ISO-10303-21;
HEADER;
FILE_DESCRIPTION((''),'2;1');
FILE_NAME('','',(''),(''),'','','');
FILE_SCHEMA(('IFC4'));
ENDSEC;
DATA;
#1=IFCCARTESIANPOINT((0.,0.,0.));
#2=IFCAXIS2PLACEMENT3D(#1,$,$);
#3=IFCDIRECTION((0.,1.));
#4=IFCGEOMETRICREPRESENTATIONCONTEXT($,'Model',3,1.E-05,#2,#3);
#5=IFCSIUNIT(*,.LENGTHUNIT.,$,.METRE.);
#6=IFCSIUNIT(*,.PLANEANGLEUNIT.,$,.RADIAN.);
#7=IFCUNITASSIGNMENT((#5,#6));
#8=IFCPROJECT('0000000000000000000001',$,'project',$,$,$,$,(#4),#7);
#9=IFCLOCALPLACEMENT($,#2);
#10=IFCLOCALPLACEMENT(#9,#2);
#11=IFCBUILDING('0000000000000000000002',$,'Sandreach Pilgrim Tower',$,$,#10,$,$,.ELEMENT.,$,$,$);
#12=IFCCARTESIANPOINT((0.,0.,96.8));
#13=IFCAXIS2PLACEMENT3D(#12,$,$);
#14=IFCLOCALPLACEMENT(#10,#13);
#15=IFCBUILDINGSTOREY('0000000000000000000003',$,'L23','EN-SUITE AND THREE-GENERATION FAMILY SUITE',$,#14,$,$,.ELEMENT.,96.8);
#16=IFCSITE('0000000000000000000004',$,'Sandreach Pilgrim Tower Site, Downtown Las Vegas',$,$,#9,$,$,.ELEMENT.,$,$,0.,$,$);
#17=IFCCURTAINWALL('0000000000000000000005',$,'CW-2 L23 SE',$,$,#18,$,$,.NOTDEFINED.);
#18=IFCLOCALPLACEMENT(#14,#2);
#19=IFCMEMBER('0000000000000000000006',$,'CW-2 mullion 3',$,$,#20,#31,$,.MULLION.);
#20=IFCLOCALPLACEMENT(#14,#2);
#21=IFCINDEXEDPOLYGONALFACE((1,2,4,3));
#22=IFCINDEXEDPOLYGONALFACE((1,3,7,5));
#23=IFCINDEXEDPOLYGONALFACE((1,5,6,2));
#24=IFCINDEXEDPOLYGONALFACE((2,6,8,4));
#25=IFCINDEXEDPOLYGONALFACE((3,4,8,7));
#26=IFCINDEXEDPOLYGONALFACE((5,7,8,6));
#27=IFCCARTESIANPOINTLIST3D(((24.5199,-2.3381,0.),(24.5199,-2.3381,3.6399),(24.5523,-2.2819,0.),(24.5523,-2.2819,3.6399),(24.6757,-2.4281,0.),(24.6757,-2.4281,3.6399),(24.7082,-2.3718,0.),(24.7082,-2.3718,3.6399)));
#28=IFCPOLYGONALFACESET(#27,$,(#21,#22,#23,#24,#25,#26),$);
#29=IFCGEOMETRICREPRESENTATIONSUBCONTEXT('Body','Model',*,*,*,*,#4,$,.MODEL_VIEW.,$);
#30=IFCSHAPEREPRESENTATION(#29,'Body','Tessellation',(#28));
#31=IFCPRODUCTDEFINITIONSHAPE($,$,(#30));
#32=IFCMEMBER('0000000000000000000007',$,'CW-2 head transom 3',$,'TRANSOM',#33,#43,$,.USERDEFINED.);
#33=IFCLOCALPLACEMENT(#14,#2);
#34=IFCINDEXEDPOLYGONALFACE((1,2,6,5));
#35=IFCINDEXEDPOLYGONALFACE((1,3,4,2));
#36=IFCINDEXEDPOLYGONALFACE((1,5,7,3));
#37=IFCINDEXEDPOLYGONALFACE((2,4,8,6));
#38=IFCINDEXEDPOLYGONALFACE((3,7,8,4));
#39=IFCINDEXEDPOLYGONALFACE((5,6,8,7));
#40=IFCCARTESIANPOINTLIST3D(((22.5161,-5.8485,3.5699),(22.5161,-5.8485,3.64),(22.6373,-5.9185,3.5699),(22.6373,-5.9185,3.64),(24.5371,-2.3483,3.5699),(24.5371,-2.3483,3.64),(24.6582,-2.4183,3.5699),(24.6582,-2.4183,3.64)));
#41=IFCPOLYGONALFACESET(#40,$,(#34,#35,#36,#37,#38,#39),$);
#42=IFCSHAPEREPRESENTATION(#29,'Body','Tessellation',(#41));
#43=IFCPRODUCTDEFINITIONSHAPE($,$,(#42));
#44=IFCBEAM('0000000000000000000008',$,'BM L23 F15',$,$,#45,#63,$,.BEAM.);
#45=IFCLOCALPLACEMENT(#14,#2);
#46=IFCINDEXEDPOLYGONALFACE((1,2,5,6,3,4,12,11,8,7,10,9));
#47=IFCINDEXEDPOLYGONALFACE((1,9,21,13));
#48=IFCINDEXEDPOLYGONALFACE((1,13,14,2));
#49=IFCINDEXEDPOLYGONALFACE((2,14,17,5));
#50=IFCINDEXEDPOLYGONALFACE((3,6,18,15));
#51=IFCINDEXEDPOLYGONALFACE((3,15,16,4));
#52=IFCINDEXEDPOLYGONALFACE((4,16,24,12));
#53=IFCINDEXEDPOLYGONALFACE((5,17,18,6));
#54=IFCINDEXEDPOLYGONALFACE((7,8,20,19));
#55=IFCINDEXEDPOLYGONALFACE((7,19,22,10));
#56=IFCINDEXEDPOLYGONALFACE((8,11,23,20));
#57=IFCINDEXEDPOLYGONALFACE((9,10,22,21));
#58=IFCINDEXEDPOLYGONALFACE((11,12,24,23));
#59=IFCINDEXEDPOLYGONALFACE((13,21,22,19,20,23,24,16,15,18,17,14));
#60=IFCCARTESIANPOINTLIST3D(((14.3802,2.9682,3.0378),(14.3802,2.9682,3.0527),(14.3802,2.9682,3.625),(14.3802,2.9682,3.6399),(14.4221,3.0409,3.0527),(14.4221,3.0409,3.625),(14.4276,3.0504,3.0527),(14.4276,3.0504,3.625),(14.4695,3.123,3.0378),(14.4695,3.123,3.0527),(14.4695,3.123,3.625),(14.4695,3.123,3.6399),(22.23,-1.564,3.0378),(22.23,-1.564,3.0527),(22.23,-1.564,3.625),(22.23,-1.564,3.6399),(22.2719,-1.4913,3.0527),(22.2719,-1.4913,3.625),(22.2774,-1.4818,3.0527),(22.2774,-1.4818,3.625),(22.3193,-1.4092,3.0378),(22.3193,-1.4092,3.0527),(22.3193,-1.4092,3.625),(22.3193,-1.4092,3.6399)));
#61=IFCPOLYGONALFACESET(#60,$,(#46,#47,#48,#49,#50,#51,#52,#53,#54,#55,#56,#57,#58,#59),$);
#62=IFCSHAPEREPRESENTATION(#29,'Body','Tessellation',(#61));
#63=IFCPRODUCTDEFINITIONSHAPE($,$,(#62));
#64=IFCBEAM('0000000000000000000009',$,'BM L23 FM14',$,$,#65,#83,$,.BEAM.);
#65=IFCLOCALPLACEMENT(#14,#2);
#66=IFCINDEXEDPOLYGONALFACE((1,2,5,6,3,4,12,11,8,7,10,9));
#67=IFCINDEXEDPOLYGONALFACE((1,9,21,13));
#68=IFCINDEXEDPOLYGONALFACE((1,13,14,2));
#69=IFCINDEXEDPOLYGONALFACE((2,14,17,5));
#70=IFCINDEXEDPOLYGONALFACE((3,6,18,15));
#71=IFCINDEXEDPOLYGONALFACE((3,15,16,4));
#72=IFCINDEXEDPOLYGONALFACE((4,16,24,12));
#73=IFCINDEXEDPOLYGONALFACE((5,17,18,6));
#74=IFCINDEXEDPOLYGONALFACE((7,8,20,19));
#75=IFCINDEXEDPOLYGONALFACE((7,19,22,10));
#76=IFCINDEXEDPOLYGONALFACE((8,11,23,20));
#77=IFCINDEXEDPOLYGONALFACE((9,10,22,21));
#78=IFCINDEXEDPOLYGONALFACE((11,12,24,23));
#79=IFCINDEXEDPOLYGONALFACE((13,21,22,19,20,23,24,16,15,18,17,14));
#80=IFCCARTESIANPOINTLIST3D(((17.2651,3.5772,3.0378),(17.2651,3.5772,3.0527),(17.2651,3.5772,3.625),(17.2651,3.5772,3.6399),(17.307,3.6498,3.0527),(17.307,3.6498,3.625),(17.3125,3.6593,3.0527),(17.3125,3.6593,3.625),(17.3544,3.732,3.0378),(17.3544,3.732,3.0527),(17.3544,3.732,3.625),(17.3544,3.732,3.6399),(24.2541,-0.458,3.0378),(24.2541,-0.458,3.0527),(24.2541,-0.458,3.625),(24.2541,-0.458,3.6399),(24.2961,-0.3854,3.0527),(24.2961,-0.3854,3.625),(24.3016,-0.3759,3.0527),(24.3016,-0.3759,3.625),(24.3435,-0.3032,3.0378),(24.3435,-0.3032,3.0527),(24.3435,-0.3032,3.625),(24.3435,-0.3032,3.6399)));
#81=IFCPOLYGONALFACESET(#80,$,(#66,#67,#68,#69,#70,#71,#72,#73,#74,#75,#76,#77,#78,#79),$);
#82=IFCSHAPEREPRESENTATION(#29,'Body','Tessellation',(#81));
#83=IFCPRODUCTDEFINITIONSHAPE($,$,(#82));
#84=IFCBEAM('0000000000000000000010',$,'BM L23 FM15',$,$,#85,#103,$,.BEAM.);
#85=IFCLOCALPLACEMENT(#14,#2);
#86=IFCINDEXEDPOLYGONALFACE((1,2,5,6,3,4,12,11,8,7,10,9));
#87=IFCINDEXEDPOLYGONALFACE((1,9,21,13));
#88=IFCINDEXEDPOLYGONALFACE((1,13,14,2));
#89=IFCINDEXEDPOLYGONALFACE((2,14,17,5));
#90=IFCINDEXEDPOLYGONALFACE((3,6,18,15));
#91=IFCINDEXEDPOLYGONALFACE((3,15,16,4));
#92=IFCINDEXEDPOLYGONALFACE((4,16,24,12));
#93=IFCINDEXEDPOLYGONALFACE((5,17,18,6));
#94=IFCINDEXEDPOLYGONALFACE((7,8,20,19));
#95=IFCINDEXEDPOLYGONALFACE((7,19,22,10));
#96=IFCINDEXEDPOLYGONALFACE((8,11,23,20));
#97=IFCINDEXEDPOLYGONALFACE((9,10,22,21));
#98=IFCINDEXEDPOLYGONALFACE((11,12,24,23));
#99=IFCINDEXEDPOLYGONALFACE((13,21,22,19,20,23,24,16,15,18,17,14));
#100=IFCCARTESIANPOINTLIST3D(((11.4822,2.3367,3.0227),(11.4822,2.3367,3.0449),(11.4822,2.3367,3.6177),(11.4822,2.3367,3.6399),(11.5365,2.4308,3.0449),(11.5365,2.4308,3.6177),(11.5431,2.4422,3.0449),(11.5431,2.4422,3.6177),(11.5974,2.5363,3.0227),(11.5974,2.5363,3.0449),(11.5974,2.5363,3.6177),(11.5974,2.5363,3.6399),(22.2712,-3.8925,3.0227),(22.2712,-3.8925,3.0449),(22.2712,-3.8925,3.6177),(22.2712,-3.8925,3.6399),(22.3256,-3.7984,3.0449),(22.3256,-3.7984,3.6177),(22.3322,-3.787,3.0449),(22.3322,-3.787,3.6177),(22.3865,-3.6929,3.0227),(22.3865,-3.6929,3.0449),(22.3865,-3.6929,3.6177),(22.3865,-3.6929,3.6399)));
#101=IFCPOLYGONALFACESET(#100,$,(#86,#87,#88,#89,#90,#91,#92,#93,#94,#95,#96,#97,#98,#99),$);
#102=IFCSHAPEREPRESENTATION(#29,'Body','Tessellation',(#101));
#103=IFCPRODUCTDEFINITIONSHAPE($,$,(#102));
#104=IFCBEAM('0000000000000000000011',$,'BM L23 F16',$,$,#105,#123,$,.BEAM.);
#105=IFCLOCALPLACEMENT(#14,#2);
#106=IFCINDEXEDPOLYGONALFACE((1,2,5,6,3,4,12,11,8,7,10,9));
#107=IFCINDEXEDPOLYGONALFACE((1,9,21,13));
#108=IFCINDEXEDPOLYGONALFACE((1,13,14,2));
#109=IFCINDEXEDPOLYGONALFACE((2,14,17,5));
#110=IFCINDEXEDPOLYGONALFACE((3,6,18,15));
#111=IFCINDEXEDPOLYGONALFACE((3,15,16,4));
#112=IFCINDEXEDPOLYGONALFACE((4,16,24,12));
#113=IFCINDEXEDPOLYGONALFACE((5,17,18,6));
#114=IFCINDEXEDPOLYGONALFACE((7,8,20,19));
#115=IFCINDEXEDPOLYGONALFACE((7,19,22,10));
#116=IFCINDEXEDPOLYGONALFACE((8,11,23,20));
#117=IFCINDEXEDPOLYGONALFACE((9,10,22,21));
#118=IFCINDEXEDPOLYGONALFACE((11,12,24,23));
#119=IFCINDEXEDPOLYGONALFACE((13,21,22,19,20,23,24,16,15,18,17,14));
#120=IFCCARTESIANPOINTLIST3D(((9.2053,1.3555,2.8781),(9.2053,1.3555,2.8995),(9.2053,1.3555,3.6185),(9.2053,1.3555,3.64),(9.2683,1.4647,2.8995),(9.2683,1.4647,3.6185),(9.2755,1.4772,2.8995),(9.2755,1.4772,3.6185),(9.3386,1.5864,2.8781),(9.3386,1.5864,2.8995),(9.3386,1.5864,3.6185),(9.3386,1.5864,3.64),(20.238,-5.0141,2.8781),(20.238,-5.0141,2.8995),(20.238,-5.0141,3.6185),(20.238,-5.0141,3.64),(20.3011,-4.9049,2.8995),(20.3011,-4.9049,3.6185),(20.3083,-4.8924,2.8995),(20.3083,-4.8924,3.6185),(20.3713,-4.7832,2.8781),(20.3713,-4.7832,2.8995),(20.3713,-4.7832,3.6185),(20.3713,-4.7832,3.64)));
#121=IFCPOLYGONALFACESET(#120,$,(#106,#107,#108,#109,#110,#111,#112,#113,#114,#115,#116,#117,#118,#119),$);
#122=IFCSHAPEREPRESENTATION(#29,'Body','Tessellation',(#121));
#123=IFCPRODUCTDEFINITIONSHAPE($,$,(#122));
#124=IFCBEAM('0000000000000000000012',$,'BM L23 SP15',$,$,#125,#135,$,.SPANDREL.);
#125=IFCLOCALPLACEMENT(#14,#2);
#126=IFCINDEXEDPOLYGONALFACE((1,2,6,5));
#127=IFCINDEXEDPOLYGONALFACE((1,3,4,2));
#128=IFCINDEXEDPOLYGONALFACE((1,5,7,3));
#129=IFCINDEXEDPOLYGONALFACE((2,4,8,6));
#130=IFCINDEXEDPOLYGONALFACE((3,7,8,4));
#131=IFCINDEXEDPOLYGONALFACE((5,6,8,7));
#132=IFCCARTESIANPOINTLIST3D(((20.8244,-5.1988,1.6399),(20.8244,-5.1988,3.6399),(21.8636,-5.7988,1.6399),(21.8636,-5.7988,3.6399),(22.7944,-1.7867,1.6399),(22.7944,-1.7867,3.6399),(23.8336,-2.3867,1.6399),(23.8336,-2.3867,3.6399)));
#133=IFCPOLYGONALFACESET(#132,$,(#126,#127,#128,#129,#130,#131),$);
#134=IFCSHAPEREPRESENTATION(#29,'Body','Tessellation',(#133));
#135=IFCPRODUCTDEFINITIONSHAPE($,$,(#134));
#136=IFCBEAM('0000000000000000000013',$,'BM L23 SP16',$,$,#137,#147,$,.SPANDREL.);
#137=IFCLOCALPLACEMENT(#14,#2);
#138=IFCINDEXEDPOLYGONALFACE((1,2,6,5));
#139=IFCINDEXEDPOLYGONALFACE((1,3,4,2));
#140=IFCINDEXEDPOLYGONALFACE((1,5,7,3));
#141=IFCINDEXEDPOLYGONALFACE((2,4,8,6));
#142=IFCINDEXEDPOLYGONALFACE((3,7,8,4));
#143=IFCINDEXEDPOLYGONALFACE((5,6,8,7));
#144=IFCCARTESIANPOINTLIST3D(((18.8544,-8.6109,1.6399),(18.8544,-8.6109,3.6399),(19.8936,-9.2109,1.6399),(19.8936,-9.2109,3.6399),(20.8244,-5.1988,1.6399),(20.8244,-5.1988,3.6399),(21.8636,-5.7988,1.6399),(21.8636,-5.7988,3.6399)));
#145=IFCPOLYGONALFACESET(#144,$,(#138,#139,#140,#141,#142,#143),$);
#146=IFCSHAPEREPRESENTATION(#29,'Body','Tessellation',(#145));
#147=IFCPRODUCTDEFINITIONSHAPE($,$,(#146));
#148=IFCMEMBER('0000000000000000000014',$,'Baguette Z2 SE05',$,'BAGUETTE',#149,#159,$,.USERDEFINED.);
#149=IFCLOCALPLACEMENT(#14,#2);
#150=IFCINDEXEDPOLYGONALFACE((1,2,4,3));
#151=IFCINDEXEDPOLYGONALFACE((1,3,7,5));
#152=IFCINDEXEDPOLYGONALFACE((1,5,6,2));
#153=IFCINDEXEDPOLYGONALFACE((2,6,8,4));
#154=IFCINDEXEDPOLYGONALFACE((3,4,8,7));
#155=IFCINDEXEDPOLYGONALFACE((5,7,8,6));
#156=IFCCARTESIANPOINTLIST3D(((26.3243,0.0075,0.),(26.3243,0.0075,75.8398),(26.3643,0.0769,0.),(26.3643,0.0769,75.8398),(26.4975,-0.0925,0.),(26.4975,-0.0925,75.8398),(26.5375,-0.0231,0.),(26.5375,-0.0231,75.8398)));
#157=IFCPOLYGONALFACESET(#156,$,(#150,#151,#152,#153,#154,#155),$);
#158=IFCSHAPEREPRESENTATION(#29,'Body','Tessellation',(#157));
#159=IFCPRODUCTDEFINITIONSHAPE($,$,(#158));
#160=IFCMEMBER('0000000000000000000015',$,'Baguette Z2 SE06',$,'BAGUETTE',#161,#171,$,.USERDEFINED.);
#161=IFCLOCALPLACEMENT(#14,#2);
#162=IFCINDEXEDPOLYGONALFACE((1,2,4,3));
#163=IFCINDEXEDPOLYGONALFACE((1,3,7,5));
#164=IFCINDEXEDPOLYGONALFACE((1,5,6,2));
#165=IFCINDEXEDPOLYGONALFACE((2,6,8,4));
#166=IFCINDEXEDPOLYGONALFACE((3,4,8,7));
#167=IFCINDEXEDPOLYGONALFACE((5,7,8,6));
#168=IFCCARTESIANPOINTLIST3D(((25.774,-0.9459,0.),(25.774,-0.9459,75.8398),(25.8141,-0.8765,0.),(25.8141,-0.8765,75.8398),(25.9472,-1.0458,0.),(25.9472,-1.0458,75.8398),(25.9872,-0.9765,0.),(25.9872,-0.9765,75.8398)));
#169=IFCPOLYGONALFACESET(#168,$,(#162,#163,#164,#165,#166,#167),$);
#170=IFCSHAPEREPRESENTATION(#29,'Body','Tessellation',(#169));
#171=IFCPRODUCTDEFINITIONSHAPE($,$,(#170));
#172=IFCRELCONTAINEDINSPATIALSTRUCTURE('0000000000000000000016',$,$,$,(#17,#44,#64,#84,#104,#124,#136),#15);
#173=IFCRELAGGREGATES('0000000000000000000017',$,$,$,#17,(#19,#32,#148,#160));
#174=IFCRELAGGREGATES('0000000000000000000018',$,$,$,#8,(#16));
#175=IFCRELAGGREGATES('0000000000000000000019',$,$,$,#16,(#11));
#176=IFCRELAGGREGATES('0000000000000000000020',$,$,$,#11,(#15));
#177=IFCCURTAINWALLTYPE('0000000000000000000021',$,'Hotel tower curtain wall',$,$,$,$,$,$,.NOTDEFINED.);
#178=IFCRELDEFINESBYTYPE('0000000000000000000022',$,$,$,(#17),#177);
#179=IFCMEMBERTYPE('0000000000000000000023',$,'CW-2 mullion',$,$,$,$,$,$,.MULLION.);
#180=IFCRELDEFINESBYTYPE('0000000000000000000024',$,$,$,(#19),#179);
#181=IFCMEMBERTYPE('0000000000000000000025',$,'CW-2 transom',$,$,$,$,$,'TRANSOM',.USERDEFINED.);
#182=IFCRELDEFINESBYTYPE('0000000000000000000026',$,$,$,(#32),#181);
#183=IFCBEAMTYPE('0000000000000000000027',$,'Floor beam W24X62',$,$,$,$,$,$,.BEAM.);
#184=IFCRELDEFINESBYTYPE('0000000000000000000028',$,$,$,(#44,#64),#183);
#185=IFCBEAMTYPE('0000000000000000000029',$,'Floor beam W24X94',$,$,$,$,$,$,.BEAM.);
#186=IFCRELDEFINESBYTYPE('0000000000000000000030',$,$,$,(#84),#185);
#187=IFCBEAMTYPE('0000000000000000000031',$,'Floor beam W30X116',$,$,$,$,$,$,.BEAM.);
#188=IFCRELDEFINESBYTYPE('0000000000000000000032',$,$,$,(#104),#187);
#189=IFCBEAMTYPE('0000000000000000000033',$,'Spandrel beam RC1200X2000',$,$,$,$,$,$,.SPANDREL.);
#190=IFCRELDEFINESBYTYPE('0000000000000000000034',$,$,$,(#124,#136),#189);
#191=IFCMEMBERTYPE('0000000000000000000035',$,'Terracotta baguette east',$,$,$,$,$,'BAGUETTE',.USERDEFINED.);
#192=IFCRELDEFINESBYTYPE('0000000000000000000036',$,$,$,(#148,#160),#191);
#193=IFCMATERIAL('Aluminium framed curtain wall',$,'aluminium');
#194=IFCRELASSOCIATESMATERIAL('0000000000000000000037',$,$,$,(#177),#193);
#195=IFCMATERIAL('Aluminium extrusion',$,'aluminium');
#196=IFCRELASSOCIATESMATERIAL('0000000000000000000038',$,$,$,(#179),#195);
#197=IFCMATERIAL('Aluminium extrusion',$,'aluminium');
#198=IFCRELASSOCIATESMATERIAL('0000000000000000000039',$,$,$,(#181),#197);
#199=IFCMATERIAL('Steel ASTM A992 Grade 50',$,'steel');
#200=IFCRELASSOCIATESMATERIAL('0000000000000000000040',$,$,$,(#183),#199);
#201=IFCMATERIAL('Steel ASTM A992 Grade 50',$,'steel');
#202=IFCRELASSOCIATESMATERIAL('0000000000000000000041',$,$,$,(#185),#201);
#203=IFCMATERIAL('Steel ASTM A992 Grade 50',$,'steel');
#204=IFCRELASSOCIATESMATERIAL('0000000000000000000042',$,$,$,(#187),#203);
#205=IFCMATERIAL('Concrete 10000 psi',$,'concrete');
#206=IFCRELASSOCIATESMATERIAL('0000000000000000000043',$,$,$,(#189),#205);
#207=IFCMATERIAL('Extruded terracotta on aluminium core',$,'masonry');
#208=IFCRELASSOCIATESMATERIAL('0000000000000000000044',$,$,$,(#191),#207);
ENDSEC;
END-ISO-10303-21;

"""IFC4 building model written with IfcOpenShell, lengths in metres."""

from ifc_helpers import new_model, si_unit, direction, frame, origin, origin_2d, place, context, subcontext, project, spatial, rectangle, i_section, extrude, material, material_profile, profile_set, type_object, element, aggregate, save


model = new_model("IFC4")

# Units and contexts
model_context = context("Model", 3, precision=1e-05, world=origin(), true_north=direction((0.0, 1.0)))
body_context = subcontext(model_context, "Body", "Model", "MODEL_VIEW")
ifc_project = project(units=[si_unit("LENGTHUNIT", "METRE"), si_unit("PLANEANGLEUNIT", "RADIAN")], contexts=[model_context])

# Site, building, storey
site_placement = place(None, origin())
site = spatial("IfcSite", under=ifc_project, at=site_placement, Name="Sandreach Pilgrim Tower Site, Downtown Las Vegas", CompositionType="ELEMENT", RefElevation=0.0)
building_placement = place(site_placement, origin())
building = spatial("IfcBuilding", under=site, at=building_placement, Name="Sandreach Pilgrim Tower", CompositionType="ELEMENT")
storey_placement = place(building_placement, frame((0.0, 0.0, 96.8)))
storey = spatial("IfcBuildingStorey", under=building, at=storey_placement, Name="L23", Description="EN-SUITE AND THREE-GENERATION FAMILY SUITE", CompositionType="ELEMENT", Elevation=96.8)

# Curtain wall, members
ifc_material_1 = material(Name="Aluminium framed curtain wall", Category="aluminium")
curtain_wall_type = type_object("IfcCurtainWallType", Name="Hotel tower curtain wall", PredefinedType="NOTDEFINED", material=ifc_material_1)
curtain_wall_placement = place(storey_placement, origin())
curtain_wall = element("IfcCurtainWall", 1, at=curtain_wall_placement, inside=storey, type_object=curtain_wall_type, Name="CW-2 L23 SE", PredefinedType="NOTDEFINED")
ifc_material_2 = material(Name="Aluminium extrusion", Category="aluminium")
ifc_material_profile_1 = material_profile(ifc_material_2, rectangle(XDim=0.0649, YDim=0.1799, at=origin_2d()), Name="CW-2M 65X180")
ifc_profile_set_1 = profile_set([ifc_material_profile_1], Name="Aluminium extrusion")
member_type_1 = type_object("IfcMemberType", Name="CW-2 mullion", PredefinedType="MULLION", material=ifc_profile_set_1)
member_1_placement = place(storey_placement, frame((24.614, -2.355, 0.0), z_axis=(0.0, 0.0, 1.0), x_axis=(-0.5, -0.866025, 0.0)))
member_1 = element("IfcMember", 2, at=member_1_placement, type_object=member_type_1, Name="CW-2 mullion 3", PredefinedType="MULLION", context=body_context, shape_type="SweptSolid", body=[
    extrude(rectangle(XDim=0.0649, YDim=0.1799, at=origin_2d()), origin(), (0.0, 0.0, 1.0), 3.6399),
])
ifc_material_3 = material(Name="Aluminium extrusion", Category="aluminium")
ifc_material_profile_2 = material_profile(ifc_material_3, rectangle(XDim=0.1399, YDim=0.0701, at=origin_2d()), Name="CW-2T 140X70")
ifc_profile_set_2 = profile_set([ifc_material_profile_2], Name="Aluminium extrusion")
member_type_2 = type_object("IfcMemberType", Name="CW-2 transom", ElementType="TRANSOM", PredefinedType="USERDEFINED", material=ifc_profile_set_2)
member_2_placement = place(storey_placement, frame((24.5977, -2.3833, 3.605), z_axis=(-0.500024, -0.866012, 0.0), x_axis=(0.866012, -0.500024, 0.0)))
member_2 = element("IfcMember", 3, at=member_2_placement, type_object=member_type_2, Name="CW-2 head transom 3", ObjectType="TRANSOM", PredefinedType="USERDEFINED", context=body_context, shape_type="SweptSolid", body=[
    extrude(rectangle(XDim=0.1399, YDim=0.0701, at=origin_2d()), origin(), (0.0, 0.0, 1.0), 4.0417),
])

# Beams
ifc_material_4 = material(Name="Steel ASTM A992 Grade 50", Category="steel")
ifc_material_profile_3 = material_profile(ifc_material_4, i_section(OverallWidth=0.1787, OverallDepth=0.6021, WebThickness=0.011, FlangeThickness=0.0149, at=origin_2d()), Name="W24X62")
ifc_profile_set_3 = profile_set([ifc_material_profile_3], Name="Steel ASTM A992 Grade 50")
beam_type_1 = type_object("IfcBeamType", Name="Floor beam W24X62", PredefinedType="BEAM", material=ifc_profile_set_3)
beam_1_placement = place(storey_placement, frame((22.2747, -1.4866, 3.3389), z_axis=(-0.86602, 0.500009, 0.0), x_axis=(-0.500009, -0.86602, 0.0)))
element("IfcBeam", 4, at=beam_1_placement, inside=storey, type_object=beam_type_1, Name="BM L23 F15", PredefinedType="BEAM", context=body_context, shape_type="SweptSolid", body=[
    extrude(i_section(OverallWidth=0.1787, OverallDepth=0.6021, WebThickness=0.011, FlangeThickness=0.0149, at=origin_2d()), origin(), (0.0, 0.0, 1.0), 9.0642),
])
beam_2_placement = place(storey_placement, frame((24.2988, -0.3806, 3.3389), z_axis=(-0.866023, 0.500004, 0.0), x_axis=(-0.500004, -0.866023, 0.0)))
element("IfcBeam", 5, at=beam_2_placement, inside=storey, type_object=beam_type_1, Name="BM L23 FM14", PredefinedType="BEAM", context=body_context, shape_type="SweptSolid", body=[
    extrude(i_section(OverallWidth=0.1787, OverallDepth=0.6021, WebThickness=0.011, FlangeThickness=0.0149, at=origin_2d()), origin(), (0.0, 0.0, 1.0), 8.0703),
])
ifc_material_5 = material(Name="Steel ASTM A992 Grade 50", Category="steel")
ifc_material_profile_4 = material_profile(ifc_material_5, i_section(OverallWidth=0.2305, OverallDepth=0.6172, WebThickness=0.0132, FlangeThickness=0.0222, at=origin_2d()), Name="W24X94")
ifc_profile_set_4 = profile_set([ifc_material_profile_4], Name="Steel ASTM A992 Grade 50")
beam_type_2 = type_object("IfcBeamType", Name="Floor beam W24X94", PredefinedType="BEAM", material=ifc_profile_set_4)
beam_3_placement = place(storey_placement, frame((22.3289, -3.7927, 3.3313), z_axis=(-0.866019, 0.500011, 0.0), x_axis=(-0.500011, -0.866019, 0.0)))
element("IfcBeam", 6, at=beam_3_placement, inside=storey, type_object=beam_type_2, Name="BM L23 FM15", PredefinedType="BEAM", context=body_context, shape_type="SweptSolid", body=[
    extrude(i_section(OverallWidth=0.2305, OverallDepth=0.6172, WebThickness=0.0132, FlangeThickness=0.0222, at=origin_2d()), origin(), (0.0, 0.0, 1.0), 12.4583),
])
ifc_material_6 = material(Name="Steel ASTM A992 Grade 50", Category="steel")
ifc_material_profile_5 = material_profile(ifc_material_6, i_section(OverallWidth=0.2666, OverallDepth=0.762, WebThickness=0.0144, FlangeThickness=0.0215, at=origin_2d()), Name="W30X116")
ifc_profile_set_5 = profile_set([ifc_material_profile_5], Name="Steel ASTM A992 Grade 50")
beam_type_3 = type_object("IfcBeamType", Name="Floor beam W30X116", PredefinedType="BEAM", material=ifc_profile_set_5)
beam_4_placement = place(storey_placement, frame((20.3047, -4.8987, 3.259), z_axis=(-0.866029, 0.499993, 0.0), x_axis=(-0.499993, -0.866029, 0.0)))
element("IfcBeam", 7, at=beam_4_placement, inside=storey, type_object=beam_type_3, Name="BM L23 F16", PredefinedType="BEAM", context=body_context, shape_type="SweptSolid", body=[
    extrude(i_section(OverallWidth=0.2666, OverallDepth=0.762, WebThickness=0.0144, FlangeThickness=0.0215, at=origin_2d()), origin(), (0.0, 0.0, 1.0), 12.7395),
])
ifc_material_7 = material(Name="Concrete 10000 psi", Category="concrete")
ifc_material_profile_6 = material_profile(ifc_material_7, rectangle(XDim=1.2, YDim=2.0, at=origin_2d()), Name="RC1200X2000")
ifc_profile_set_6 = profile_set([ifc_material_profile_6], Name="Concrete 10000 psi")
beam_type_4 = type_object("IfcBeamType", Name="Spandrel beam RC1200X2000", PredefinedType="SPANDREL", material=ifc_profile_set_6)
for number, where, z_axis, x_axis, name in (
    (8, (23.314, -2.0867, 2.6399), (-0.499998, -0.866027, 0.0), (0.866027, -0.499998, 0.0), "BM L23 SP15"),
    (9, (21.344, -5.4988, 2.6399), (-0.499998, -0.866027, 0.0), (0.866027, -0.499998, 0.0), "BM L23 SP16"),
):
    element("IfcBeam", number, at=place(storey_placement, frame(where, z_axis=z_axis, x_axis=x_axis)), inside=storey, type_object=beam_type_4, Name=name, PredefinedType="SPANDREL", context=body_context, shape_type="SweptSolid", body=[
        extrude(rectangle(XDim=1.2, YDim=2.0, at=origin_2d()), origin(), (0.0, 0.0, 1.0), 3.9399),
    ])

# Members
ifc_material_8 = material(Name="Extruded terracotta on aluminium core", Category="masonry")
ifc_material_profile_7 = material_profile(ifc_material_8, rectangle(XDim=0.0801, YDim=0.2, at=origin_2d()), Name="TBE 80X200")
ifc_profile_set_7 = profile_set([ifc_material_profile_7], Name="Extruded terracotta on aluminium core")
member_type_3 = type_object("IfcMemberType", Name="Terracotta baguette east", ElementType="BAGUETTE", PredefinedType="USERDEFINED", material=ifc_profile_set_7)
member_3_placement = place(storey_placement, frame((26.4309, -0.0078, 0.0), z_axis=(0.0, 0.0, 1.0), x_axis=(-0.5, -0.866025, 0.0)))
member_3 = element("IfcMember", 10, at=member_3_placement, type_object=member_type_3, Name="Baguette Z2 SE05", ObjectType="BAGUETTE", PredefinedType="USERDEFINED", context=body_context, shape_type="SweptSolid", body=[
    extrude(rectangle(XDim=0.0801, YDim=0.2, at=origin_2d()), origin(), (0.0, 0.0, 1.0), 75.8398),
])
member_4_placement = place(storey_placement, frame((25.8806, -0.9612, 0.0), z_axis=(0.0, 0.0, 1.0), x_axis=(-0.5, -0.866025, 0.0)))
member_4 = element("IfcMember", 11, at=member_4_placement, type_object=member_type_3, Name="Baguette Z2 SE06", ObjectType="BAGUETTE", PredefinedType="USERDEFINED", context=body_context, shape_type="SweptSolid", body=[
    extrude(rectangle(XDim=0.0801, YDim=0.2, at=origin_2d()), origin(), (0.0, 0.0, 1.0), 75.8398),
])

aggregate(curtain_wall, [member_1, member_2, member_3, member_4])

save(model, "model.ifc")
